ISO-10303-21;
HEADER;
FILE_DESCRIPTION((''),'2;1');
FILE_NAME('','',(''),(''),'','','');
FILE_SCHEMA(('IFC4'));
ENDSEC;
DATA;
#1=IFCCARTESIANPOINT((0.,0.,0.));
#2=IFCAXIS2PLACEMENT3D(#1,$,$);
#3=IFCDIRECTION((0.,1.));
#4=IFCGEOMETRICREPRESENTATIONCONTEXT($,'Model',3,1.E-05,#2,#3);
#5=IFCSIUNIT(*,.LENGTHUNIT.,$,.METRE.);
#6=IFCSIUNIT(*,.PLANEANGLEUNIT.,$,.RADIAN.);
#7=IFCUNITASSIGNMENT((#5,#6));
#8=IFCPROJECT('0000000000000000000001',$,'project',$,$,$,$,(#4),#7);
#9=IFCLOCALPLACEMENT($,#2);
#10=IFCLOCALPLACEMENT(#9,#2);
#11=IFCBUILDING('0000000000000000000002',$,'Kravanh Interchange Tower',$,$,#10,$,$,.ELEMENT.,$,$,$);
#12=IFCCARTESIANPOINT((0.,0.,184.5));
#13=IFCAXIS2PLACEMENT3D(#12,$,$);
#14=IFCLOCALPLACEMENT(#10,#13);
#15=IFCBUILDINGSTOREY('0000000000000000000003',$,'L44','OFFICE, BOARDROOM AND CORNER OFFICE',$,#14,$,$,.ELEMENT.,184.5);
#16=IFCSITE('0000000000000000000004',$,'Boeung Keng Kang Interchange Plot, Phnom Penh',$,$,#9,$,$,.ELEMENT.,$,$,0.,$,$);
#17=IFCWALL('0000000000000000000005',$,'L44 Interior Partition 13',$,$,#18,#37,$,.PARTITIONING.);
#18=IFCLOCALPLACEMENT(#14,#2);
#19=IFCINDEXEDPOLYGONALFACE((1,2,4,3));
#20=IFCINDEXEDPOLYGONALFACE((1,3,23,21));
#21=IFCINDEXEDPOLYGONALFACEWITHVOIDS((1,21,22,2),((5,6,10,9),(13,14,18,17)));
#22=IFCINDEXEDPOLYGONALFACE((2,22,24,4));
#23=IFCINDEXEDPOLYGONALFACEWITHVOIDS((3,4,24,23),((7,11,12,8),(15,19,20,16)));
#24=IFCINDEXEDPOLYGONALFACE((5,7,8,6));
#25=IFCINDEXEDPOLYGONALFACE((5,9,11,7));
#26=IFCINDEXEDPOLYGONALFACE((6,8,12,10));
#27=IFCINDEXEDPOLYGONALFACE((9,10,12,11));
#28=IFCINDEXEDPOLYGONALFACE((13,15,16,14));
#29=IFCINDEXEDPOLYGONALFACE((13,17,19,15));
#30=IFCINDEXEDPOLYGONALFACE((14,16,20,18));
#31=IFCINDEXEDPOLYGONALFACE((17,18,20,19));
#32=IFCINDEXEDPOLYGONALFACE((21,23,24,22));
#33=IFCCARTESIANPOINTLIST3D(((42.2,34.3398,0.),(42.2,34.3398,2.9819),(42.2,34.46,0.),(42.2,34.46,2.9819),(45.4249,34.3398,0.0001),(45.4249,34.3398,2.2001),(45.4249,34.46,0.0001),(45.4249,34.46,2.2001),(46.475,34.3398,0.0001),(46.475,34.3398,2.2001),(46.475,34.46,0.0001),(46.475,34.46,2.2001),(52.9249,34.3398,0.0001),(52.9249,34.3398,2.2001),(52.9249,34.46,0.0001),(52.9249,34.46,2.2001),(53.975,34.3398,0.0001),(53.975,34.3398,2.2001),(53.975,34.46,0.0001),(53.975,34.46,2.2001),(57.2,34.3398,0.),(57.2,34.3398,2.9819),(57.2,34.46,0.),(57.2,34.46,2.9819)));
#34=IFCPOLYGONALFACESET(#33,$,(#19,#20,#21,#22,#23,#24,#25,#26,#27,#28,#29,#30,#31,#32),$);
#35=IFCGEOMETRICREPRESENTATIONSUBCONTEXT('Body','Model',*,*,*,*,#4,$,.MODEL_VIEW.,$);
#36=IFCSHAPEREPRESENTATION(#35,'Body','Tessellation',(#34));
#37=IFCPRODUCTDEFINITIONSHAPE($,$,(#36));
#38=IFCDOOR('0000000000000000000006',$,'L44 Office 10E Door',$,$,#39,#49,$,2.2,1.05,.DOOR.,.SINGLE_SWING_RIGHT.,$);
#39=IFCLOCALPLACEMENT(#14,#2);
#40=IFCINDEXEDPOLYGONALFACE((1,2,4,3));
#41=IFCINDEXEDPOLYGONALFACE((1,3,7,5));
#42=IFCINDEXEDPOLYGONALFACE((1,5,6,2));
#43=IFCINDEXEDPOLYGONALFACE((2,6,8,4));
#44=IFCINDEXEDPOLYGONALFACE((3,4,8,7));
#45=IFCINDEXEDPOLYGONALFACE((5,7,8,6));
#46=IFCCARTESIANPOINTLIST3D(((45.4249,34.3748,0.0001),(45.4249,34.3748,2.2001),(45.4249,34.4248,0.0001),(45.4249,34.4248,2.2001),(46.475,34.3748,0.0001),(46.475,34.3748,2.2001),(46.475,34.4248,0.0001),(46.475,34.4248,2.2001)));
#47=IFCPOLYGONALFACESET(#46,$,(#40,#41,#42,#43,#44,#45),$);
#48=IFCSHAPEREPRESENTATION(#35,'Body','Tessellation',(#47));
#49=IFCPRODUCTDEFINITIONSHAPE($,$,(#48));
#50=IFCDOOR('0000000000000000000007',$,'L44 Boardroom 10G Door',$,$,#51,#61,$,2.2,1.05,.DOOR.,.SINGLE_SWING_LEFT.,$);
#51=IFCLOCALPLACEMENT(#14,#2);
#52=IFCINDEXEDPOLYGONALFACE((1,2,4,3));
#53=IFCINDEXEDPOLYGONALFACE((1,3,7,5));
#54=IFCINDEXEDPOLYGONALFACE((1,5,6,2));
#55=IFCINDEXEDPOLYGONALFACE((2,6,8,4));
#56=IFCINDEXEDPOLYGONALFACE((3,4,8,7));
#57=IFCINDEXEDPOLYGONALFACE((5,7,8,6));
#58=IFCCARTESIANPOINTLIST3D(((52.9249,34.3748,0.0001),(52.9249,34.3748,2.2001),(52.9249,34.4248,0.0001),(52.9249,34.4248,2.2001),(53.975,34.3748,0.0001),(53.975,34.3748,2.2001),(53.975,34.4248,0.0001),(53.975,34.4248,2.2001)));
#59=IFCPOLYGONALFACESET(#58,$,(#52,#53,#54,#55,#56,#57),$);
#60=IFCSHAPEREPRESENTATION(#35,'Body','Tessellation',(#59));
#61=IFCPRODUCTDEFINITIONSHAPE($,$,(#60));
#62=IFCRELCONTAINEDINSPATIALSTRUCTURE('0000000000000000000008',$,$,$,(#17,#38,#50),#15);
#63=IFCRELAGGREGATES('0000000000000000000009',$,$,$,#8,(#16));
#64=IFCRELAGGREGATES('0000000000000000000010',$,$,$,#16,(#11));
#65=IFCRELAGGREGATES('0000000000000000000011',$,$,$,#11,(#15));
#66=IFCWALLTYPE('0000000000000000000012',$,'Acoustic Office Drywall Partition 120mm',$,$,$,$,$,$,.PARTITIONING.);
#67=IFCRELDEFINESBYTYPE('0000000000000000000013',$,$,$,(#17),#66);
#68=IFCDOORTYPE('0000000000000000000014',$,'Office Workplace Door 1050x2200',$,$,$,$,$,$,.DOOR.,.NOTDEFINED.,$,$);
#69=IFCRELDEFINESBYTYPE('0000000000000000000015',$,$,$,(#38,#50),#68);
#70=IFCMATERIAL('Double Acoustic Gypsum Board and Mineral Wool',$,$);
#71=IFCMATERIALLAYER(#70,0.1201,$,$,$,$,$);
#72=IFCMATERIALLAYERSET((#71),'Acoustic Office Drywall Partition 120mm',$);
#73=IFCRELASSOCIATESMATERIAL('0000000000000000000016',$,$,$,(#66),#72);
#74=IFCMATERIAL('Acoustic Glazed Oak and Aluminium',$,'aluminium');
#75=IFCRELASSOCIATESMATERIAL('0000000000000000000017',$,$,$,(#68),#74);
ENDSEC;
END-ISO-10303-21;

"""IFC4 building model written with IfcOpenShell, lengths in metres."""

from ifc_helpers import new_model, si_unit, direction, frame, frame_2d, origin, place, context, subcontext, project, spatial, rectangle, extrude, material, layer, layer_set, type_object, element, fill, save


model = new_model("IFC4")

# Units and contexts
model_context = context("Model", 3, precision=1e-05, world=origin(), true_north=direction((0.0, 1.0)))
body_context = subcontext(model_context, "Body", "Model", "MODEL_VIEW")
ifc_project = project(units=[si_unit("LENGTHUNIT", "METRE"), si_unit("PLANEANGLEUNIT", "RADIAN")], contexts=[model_context])

# Site, building, storey
site_placement = place(None, origin())
site = spatial("IfcSite", under=ifc_project, at=site_placement, Name="Boeung Keng Kang Interchange Plot, Phnom Penh", CompositionType="ELEMENT", RefElevation=0.0)
building_placement = place(site_placement, origin())
building = spatial("IfcBuilding", under=site, at=building_placement, Name="Kravanh Interchange Tower", CompositionType="ELEMENT")
storey_placement = place(building_placement, frame((0.0, 0.0, 184.5)))
storey = spatial("IfcBuildingStorey", under=building, at=storey_placement, Name="L44", Description="OFFICE, BOARDROOM AND CORNER OFFICE", CompositionType="ELEMENT", Elevation=184.5)

# Wall, openings, doors
ifc_material_1 = material(Name="Double Acoustic Gypsum Board and Mineral Wool")
ifc_layer = layer(ifc_material_1, 0.1201)
ifc_layer_set = layer_set([ifc_layer], Name="Acoustic Office Drywall Partition 120mm")
wall_type = type_object("IfcWallType", Name="Acoustic Office Drywall Partition 120mm", PredefinedType="PARTITIONING", material=ifc_layer_set)
wall_placement = place(storey_placement, frame((42.2, 34.3999, 0.0), z_axis=(0.0, 0.0, 1.0), x_axis=(1.0, 0.0, 0.0)))
wall = element("IfcWall", 1, at=wall_placement, inside=storey, type_object=wall_type, Name="L44 Interior Partition 13", PredefinedType="PARTITIONING", context=body_context, shape_type="SweptSolid", body=[
    extrude(rectangle(XDim=15.0, YDim=0.1201, at=frame_2d((7.5, 0.0))), origin(), (0.0, 0.0, 1.0), 2.9819),
])
opening_1_placement = place(wall_placement, frame((3.2251, 0.0, 0.0)))
opening_1 = element("IfcOpeningElement", 2, at=opening_1_placement, cuts=wall, PredefinedType="OPENING", context=body_context, shape_type="SweptSolid", body=[
    extrude(rectangle(XDim=1.05, YDim=2.2, at=frame_2d((0.5249, 1.1001))), frame((0.0, 0.0701, 0.0), z_axis=(0.0, -1.0, 0.0), x_axis=(1.0, 0.0, 0.0)), (0.0, 0.0, 1.0), 0.1401),
])
opening_2_placement = place(wall_placement, frame((10.7251, 0.0, 0.0)))
opening_2 = element("IfcOpeningElement", 3, at=opening_2_placement, cuts=wall, PredefinedType="OPENING", context=body_context, shape_type="SweptSolid", body=[
    extrude(rectangle(XDim=1.05, YDim=2.2, at=frame_2d((0.5249, 1.1001))), frame((0.0, 0.0701, 0.0), z_axis=(0.0, -1.0, 0.0), x_axis=(1.0, 0.0, 0.0)), (0.0, 0.0, 1.0), 0.1401),
])
ifc_material_2 = material(Name="Acoustic Glazed Oak and Aluminium", Category="aluminium")
door_type = type_object("IfcDoorType", Name="Office Workplace Door 1050x2200", OperationType="NOTDEFINED", PredefinedType="DOOR", material=ifc_material_2)
door_1_placement = place(opening_1_placement, origin())
door_1 = element("IfcDoor", 4, at=door_1_placement, inside=storey, type_object=door_type, Name="L44 Office 10E Door", OperationType="SINGLE_SWING_RIGHT", OverallHeight=2.2, OverallWidth=1.05, PredefinedType="DOOR", context=body_context, shape_type="SweptSolid", body=[
    extrude(rectangle(XDim=1.05, YDim=2.2, at=frame_2d((0.5249, 1.1001))), frame((0.0, 0.0249, 0.0), z_axis=(0.0, -1.0, 0.0), x_axis=(1.0, 0.0, 0.0)), (0.0, 0.0, 1.0), 0.05),
])
fill(opening_1, door_1)
door_2_placement = place(opening_2_placement, origin())
door_2 = element("IfcDoor", 5, at=door_2_placement, inside=storey, type_object=door_type, Name="L44 Boardroom 10G Door", OperationType="SINGLE_SWING_LEFT", OverallHeight=2.2, OverallWidth=1.05, PredefinedType="DOOR", context=body_context, shape_type="SweptSolid", body=[
    extrude(rectangle(XDim=1.05, YDim=2.2, at=frame_2d((0.5249, 1.1001))), frame((0.0, 0.0249, 0.0), z_axis=(0.0, -1.0, 0.0), x_axis=(1.0, 0.0, 0.0)), (0.0, 0.0, 1.0), 0.05),
])
fill(opening_2, door_2)

save(model, "model.ifc")
